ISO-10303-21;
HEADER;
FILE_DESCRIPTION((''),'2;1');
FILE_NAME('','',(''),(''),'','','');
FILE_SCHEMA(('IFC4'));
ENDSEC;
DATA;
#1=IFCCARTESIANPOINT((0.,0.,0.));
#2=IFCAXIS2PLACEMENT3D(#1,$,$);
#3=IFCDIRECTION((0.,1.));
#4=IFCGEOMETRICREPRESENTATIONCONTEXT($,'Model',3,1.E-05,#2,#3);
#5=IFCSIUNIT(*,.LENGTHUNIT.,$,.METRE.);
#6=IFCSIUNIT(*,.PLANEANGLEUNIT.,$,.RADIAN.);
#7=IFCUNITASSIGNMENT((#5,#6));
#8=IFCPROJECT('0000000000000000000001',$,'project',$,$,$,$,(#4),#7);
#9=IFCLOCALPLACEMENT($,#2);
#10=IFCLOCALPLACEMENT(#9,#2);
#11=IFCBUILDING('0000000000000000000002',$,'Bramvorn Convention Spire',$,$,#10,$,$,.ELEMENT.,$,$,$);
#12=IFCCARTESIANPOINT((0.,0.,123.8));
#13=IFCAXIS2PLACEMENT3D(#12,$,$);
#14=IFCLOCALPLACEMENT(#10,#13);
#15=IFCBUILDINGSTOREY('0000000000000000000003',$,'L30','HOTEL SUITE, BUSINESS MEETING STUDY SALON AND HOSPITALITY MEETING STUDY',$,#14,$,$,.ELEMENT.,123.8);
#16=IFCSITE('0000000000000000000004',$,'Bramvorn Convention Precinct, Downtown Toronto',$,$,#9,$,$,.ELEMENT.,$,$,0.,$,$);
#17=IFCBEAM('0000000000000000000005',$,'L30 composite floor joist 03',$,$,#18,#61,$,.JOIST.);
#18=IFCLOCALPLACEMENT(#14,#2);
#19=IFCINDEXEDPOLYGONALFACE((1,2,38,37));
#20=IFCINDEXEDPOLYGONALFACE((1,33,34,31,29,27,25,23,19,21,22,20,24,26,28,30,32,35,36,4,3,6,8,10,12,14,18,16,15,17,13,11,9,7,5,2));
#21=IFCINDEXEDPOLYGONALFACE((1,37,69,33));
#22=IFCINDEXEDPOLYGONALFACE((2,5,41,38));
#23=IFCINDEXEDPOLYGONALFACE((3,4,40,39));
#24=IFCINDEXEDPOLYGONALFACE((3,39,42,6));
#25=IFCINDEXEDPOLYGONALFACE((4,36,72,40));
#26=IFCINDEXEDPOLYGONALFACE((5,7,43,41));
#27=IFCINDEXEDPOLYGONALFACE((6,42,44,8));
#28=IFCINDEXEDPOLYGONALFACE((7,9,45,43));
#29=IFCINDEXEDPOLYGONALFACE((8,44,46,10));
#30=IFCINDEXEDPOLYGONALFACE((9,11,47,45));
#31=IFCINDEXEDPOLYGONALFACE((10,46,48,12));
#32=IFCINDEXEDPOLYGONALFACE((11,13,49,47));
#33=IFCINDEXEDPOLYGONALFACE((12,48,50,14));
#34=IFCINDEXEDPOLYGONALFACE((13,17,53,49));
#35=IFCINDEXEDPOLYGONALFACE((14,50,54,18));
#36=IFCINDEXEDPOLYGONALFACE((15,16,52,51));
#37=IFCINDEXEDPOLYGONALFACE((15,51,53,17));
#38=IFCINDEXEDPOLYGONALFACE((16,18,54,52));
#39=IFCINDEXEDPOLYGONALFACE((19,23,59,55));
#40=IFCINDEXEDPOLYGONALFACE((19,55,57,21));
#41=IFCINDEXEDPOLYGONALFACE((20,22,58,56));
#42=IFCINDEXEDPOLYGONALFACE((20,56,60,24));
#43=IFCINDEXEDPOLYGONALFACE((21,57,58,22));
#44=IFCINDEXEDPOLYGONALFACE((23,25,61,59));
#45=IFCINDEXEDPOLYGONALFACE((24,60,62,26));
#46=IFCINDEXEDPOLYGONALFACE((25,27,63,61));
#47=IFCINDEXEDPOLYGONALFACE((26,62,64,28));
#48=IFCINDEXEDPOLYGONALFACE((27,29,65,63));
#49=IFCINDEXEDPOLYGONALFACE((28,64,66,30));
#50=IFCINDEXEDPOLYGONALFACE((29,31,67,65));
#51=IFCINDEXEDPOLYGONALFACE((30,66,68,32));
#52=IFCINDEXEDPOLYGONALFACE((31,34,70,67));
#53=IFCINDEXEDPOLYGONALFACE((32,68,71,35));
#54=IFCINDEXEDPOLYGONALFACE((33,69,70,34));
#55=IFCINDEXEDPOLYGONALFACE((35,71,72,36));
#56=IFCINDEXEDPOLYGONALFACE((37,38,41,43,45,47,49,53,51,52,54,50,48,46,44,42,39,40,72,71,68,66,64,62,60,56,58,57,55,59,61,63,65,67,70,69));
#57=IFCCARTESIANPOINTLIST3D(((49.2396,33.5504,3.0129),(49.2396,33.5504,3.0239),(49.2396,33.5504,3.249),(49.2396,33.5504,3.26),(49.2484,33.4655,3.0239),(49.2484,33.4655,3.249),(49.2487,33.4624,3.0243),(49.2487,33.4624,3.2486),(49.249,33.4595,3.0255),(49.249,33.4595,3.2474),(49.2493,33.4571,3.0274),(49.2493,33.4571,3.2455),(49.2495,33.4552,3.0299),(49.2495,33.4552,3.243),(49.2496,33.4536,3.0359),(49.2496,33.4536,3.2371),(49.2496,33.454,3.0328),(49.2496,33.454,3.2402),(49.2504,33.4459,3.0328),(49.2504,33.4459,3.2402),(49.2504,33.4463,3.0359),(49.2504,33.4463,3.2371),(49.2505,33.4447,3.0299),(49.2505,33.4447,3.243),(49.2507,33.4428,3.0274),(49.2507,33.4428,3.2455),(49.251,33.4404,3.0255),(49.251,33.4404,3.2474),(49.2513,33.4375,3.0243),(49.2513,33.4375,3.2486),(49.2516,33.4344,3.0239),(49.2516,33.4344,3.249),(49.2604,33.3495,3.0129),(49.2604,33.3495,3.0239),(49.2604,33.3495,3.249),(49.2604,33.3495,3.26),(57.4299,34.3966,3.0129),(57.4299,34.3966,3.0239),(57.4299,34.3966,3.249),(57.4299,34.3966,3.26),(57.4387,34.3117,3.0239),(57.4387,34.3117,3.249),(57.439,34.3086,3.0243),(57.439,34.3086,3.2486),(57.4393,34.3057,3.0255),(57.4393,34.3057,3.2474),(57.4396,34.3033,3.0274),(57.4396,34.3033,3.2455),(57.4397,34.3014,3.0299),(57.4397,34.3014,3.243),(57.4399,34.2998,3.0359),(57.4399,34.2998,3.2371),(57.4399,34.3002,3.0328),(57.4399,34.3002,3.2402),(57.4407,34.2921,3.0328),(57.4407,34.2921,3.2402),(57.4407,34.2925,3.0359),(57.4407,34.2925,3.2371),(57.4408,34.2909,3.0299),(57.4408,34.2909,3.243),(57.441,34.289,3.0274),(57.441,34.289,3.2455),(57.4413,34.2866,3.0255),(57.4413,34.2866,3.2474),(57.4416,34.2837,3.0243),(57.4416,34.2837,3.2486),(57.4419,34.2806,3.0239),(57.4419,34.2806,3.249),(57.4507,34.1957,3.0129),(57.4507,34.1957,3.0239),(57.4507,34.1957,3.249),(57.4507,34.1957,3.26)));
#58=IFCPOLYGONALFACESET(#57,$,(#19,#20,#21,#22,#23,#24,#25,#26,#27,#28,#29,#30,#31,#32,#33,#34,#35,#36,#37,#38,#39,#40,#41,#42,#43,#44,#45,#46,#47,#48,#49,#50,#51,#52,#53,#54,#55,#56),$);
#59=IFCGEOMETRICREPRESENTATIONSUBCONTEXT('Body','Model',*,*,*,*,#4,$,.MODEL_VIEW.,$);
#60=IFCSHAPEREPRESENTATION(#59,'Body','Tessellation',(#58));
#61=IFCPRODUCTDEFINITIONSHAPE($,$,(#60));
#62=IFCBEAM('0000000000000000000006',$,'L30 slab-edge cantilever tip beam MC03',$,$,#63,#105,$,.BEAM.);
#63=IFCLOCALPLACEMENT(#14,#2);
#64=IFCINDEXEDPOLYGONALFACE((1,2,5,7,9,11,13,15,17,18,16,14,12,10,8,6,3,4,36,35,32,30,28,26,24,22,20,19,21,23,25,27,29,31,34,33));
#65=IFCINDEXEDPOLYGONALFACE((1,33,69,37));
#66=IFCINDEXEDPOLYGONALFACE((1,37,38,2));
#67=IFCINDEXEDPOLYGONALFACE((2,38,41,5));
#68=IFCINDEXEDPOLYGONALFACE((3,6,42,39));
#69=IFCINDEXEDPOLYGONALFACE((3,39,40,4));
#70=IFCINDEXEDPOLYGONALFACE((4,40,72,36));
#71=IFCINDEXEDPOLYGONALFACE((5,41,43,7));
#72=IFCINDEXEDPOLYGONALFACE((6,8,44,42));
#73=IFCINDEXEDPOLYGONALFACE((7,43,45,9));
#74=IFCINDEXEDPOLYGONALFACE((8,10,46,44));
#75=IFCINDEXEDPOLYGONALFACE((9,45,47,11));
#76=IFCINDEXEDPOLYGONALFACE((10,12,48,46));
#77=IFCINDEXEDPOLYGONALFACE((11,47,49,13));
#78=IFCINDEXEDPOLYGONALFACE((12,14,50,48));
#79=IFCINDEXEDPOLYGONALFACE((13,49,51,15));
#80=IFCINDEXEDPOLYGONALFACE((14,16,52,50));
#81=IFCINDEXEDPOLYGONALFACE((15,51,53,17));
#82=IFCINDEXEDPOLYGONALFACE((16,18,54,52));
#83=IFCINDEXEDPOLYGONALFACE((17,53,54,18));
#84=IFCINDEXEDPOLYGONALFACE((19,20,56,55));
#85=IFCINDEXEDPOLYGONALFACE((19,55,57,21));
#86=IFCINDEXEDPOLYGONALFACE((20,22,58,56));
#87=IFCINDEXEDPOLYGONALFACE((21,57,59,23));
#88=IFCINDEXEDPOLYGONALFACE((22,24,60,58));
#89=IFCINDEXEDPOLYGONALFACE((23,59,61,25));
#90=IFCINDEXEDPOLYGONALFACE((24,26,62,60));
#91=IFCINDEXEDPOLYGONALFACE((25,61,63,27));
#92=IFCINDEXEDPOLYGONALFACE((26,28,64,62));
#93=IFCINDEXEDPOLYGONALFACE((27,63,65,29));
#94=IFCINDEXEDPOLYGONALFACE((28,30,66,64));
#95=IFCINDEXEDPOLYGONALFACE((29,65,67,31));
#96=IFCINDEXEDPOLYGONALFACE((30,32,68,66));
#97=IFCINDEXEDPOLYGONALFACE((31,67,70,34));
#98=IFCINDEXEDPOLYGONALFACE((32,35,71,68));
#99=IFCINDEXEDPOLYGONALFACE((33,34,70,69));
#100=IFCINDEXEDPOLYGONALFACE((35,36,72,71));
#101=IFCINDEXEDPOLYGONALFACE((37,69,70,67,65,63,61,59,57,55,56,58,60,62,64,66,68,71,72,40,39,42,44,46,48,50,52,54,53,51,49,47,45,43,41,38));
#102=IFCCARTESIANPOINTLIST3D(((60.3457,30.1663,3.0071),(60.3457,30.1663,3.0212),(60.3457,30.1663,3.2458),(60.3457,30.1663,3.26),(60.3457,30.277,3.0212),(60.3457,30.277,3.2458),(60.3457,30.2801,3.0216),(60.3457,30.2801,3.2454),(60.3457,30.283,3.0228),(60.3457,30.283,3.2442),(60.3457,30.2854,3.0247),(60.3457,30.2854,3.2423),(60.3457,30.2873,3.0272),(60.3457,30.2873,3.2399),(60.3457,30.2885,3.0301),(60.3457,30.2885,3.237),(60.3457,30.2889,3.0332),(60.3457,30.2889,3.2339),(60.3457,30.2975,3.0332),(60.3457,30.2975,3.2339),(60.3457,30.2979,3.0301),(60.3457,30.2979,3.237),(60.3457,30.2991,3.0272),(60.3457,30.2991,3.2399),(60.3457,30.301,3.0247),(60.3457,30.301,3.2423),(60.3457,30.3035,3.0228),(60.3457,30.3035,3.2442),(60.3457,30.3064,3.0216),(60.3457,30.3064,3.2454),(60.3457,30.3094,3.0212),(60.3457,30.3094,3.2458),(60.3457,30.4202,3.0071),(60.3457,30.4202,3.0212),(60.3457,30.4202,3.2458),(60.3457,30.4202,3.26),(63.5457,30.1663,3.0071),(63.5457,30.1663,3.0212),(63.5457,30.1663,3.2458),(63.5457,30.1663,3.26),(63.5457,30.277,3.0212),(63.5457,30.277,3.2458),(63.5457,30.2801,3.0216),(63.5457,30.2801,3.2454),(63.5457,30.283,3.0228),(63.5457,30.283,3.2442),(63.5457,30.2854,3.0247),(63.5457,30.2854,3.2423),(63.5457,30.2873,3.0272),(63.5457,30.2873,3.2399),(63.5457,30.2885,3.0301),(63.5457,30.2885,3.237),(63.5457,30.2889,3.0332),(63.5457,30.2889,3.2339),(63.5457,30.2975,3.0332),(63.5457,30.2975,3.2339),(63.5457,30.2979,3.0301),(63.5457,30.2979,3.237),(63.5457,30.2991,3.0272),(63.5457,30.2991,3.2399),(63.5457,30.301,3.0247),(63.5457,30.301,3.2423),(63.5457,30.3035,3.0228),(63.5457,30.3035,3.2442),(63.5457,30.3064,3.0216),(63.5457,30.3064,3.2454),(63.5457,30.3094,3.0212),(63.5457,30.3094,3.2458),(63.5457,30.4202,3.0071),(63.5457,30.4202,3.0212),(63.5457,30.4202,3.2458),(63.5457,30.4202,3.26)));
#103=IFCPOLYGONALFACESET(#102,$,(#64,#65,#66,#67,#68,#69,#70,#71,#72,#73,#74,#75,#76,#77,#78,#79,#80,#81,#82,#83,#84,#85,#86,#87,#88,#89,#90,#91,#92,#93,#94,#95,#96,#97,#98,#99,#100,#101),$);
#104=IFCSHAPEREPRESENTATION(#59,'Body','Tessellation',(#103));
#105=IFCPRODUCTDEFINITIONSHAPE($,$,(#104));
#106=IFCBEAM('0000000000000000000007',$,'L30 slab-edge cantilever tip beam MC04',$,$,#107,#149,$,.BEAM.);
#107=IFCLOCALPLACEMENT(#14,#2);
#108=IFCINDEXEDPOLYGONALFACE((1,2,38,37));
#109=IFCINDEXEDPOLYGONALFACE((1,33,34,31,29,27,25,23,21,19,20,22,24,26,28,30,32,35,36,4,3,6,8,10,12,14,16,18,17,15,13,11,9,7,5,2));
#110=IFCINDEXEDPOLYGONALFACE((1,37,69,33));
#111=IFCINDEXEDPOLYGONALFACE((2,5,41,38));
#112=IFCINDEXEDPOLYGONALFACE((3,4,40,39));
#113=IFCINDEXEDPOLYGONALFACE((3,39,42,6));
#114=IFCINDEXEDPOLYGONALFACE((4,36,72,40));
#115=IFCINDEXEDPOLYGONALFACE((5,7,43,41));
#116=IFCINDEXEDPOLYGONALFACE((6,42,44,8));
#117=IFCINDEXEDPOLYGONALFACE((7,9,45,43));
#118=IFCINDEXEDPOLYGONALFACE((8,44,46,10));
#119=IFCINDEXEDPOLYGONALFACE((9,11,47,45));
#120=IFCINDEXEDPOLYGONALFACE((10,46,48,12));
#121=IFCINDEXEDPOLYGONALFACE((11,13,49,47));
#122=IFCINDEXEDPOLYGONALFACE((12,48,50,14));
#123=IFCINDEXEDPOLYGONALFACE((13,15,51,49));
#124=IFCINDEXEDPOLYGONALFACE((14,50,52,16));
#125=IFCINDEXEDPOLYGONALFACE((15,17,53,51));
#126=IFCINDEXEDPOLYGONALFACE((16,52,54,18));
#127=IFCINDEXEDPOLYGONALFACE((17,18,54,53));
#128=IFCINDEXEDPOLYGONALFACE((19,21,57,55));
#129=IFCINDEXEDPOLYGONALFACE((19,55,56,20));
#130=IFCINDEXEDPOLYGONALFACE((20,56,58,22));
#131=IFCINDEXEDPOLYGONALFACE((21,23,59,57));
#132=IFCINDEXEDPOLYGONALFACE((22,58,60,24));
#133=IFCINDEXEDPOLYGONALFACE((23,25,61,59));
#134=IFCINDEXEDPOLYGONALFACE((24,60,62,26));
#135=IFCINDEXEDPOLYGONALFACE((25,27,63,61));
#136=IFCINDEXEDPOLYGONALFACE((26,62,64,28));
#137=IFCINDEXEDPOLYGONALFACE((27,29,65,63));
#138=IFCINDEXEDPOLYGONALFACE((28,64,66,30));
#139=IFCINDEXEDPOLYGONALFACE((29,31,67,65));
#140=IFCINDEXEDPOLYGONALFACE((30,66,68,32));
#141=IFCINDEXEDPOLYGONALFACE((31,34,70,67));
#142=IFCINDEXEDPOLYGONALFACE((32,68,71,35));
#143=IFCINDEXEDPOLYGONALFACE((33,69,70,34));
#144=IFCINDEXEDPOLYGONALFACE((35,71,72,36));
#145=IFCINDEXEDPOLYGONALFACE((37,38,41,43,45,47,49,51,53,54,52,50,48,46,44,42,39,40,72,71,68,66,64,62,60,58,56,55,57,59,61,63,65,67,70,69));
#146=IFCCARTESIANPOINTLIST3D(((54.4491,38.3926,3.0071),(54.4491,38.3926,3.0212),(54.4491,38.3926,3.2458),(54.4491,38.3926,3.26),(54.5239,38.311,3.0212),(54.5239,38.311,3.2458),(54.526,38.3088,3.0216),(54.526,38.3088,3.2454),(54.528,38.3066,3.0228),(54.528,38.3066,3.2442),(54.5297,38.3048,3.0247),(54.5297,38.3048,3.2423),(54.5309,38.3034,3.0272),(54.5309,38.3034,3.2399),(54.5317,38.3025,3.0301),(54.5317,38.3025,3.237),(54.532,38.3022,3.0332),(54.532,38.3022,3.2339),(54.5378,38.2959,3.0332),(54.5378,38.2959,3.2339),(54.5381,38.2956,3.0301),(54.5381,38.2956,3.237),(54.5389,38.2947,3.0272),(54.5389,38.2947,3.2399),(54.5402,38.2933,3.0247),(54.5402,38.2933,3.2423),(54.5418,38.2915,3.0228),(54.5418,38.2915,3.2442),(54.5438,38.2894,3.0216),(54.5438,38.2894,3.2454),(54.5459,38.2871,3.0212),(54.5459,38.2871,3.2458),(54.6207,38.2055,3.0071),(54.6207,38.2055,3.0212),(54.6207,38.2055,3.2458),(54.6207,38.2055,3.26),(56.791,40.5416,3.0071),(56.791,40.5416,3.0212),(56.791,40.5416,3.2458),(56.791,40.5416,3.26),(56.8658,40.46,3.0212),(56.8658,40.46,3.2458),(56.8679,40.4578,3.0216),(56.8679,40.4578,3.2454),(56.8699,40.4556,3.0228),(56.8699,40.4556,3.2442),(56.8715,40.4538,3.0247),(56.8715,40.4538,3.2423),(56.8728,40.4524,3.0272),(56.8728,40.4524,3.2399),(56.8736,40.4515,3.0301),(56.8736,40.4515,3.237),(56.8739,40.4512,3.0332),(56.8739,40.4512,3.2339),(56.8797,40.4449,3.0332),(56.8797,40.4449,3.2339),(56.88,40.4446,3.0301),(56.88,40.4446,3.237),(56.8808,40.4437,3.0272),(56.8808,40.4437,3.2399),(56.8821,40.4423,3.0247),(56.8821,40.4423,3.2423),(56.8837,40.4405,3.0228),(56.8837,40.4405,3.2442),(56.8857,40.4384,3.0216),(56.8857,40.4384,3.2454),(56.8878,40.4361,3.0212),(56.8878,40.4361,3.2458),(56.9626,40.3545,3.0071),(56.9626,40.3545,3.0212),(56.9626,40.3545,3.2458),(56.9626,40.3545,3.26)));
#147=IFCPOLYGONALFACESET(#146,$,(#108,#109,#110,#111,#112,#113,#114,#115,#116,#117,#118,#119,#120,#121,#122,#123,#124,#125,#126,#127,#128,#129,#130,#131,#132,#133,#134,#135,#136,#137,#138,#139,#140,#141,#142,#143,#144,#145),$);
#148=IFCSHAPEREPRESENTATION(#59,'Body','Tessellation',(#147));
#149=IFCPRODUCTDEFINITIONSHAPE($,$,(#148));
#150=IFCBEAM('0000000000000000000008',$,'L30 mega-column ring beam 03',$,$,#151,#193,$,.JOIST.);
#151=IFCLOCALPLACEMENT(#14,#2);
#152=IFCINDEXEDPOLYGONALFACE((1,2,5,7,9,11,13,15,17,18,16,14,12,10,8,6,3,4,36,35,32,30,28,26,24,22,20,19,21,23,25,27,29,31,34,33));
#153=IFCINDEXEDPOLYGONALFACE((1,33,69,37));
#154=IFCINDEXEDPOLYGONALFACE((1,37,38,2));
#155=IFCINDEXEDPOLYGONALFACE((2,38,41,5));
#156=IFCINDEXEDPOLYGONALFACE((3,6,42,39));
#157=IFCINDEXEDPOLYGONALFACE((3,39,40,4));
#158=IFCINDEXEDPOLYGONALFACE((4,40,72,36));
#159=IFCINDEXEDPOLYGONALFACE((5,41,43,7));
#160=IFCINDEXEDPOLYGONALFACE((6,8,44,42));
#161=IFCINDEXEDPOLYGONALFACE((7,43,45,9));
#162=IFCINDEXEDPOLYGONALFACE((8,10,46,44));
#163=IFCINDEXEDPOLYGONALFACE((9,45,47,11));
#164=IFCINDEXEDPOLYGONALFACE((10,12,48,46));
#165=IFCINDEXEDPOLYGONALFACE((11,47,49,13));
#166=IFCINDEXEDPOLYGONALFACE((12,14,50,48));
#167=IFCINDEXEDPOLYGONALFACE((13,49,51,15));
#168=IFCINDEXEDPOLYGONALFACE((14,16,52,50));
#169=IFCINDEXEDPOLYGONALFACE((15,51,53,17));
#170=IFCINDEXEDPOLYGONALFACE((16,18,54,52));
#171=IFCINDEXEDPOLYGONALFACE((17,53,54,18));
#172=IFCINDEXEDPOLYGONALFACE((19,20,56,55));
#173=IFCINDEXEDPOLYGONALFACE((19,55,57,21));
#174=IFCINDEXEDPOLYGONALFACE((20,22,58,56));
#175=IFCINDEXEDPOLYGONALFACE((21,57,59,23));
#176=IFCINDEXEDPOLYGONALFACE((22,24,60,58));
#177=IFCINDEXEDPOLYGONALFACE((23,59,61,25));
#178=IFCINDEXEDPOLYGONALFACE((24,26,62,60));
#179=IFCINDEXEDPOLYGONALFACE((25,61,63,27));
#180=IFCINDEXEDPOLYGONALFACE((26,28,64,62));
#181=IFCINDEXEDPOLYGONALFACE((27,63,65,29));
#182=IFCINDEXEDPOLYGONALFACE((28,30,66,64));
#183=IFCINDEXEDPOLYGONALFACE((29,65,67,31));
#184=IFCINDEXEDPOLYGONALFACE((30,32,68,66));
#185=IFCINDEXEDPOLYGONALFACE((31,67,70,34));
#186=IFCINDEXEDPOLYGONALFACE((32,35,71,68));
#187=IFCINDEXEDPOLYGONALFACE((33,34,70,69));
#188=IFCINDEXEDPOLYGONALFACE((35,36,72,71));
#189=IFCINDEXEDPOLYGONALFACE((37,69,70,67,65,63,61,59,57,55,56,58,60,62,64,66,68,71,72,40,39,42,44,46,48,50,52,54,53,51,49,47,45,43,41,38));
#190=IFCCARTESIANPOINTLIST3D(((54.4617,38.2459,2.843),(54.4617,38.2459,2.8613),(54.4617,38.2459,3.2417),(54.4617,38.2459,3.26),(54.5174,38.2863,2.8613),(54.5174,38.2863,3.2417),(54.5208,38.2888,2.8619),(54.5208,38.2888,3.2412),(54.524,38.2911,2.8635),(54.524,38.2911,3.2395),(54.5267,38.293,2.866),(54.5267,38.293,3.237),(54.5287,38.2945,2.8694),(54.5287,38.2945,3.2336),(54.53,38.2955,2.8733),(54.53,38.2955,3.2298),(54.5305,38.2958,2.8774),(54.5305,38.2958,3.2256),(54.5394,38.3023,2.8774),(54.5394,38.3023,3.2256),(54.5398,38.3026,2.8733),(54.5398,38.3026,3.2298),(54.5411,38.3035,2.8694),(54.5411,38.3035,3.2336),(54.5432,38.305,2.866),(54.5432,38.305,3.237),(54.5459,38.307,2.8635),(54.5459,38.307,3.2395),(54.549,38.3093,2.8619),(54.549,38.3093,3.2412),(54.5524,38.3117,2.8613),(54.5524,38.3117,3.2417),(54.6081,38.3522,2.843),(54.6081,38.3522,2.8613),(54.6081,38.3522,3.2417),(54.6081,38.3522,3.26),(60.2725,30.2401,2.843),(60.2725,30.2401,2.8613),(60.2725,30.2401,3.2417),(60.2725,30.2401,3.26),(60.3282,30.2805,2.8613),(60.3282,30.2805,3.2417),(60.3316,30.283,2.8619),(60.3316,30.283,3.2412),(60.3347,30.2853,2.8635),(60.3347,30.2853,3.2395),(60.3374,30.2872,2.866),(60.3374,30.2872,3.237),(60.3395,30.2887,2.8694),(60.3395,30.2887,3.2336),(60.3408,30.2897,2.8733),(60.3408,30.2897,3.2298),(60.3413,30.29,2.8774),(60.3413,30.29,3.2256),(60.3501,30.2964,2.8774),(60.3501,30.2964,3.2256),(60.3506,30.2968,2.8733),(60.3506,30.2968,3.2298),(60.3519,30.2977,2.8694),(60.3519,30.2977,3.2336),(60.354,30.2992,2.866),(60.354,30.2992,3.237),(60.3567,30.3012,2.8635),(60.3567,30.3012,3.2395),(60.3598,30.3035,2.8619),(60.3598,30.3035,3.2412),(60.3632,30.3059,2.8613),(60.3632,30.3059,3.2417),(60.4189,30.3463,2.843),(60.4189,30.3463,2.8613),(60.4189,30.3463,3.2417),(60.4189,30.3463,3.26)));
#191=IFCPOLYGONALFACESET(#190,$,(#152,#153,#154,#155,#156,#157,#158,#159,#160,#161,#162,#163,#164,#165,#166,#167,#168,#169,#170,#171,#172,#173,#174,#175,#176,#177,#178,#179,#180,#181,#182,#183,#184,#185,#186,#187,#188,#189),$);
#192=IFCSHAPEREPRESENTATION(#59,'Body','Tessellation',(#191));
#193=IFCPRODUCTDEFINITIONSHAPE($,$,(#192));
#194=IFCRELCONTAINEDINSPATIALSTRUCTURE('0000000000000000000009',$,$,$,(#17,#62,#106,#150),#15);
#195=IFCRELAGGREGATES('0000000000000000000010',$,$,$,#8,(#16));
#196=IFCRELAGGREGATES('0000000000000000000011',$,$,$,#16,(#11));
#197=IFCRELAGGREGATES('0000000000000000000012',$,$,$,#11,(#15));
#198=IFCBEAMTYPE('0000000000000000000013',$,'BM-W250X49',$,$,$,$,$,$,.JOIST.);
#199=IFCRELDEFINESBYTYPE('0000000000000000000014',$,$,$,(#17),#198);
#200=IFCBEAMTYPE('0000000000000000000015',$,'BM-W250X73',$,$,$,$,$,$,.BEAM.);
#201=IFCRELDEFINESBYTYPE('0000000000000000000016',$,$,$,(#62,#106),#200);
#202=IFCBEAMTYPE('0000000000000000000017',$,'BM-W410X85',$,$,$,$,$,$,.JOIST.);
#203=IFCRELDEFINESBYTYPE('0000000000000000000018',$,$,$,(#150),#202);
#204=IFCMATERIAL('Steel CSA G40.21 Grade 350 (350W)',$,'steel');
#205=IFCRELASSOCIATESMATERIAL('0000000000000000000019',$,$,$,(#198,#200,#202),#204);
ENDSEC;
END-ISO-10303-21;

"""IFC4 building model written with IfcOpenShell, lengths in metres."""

from ifc_helpers import new_model, si_unit, direction, frame, origin, origin_2d, place, context, subcontext, project, spatial, i_section, extrude, material, material_profile, profile_set, type_object, element, save


model = new_model("IFC4")

# Units and contexts
model_context = context("Model", 3, precision=1e-05, world=origin(), true_north=direction((0.0, 1.0)))
body_context = subcontext(model_context, "Body", "Model", "MODEL_VIEW")
ifc_project = project(units=[si_unit("LENGTHUNIT", "METRE"), si_unit("PLANEANGLEUNIT", "RADIAN")], contexts=[model_context])

# Site, building, storey
site_placement = place(None, origin())
site = spatial("IfcSite", under=ifc_project, at=site_placement, Name="Bramvorn Convention Precinct, Downtown Toronto", CompositionType="ELEMENT", RefElevation=0.0)
building_placement = place(site_placement, origin())
building = spatial("IfcBuilding", under=site, at=building_placement, Name="Bramvorn Convention Spire", CompositionType="ELEMENT")
storey_placement = place(building_placement, frame((0.0, 0.0, 123.8)))
storey = spatial("IfcBuildingStorey", under=building, at=storey_placement, Name="L30", Description="HOTEL SUITE, BUSINESS MEETING STUDY SALON AND HOSPITALITY MEETING STUDY", CompositionType="ELEMENT", Elevation=123.8)

# Shared definitions
ifc_material_1 = material(Name="Steel CSA G40.21 Grade 350 (350W)", Category="steel")

# Beams
ifc_material_profile_1 = material_profile(ifc_material_1, i_section(OverallWidth=0.2019, OverallDepth=0.2471, WebThickness=0.0073, FlangeThickness=0.011, FilletRadius=0.012, at=origin_2d()))
ifc_profile_set_1 = profile_set([ifc_material_profile_1], Name="Steel CSA G40.21 Grade 350 (350W) - W250X49")
beam_type_1 = type_object("IfcBeamType", Name="BM-W250X49", PredefinedType="JOIST", material=ifc_profile_set_1)
beam_1_placement = place(storey_placement, frame((49.25, 33.45, 3.1365), z_axis=(0.994705, 0.102771, 0.0), x_axis=(-0.102771, 0.994705, 0.0)))
element("IfcBeam", 1, at=beam_1_placement, inside=storey, type_object=beam_type_1, Name="L30 composite floor joist 03", PredefinedType="JOIST", context=body_context, shape_type="SweptSolid", body=[
    extrude(i_section(OverallWidth=0.2019, OverallDepth=0.2471, WebThickness=0.0073, FlangeThickness=0.011, FilletRadius=0.012, at=origin_2d()), origin(), (0.0, 0.0, 1.0), 8.2339),
])
ifc_material_profile_2 = material_profile(ifc_material_1, i_section(OverallWidth=0.2539, OverallDepth=0.2529, WebThickness=0.0085, FlangeThickness=0.0142, FilletRadius=0.012, at=origin_2d()))
ifc_profile_set_2 = profile_set([ifc_material_profile_2], Name="Steel CSA G40.21 Grade 350 (350W) - W250X73")
beam_type_2 = type_object("IfcBeamType", Name="BM-W250X73", PredefinedType="BEAM", material=ifc_profile_set_2)
beam_2_placement = place(storey_placement, frame((60.3457, 30.2932, 3.1335), z_axis=(1.0, 0.0, 0.0), x_axis=(0.0, 1.0, 0.0)))
element("IfcBeam", 2, at=beam_2_placement, inside=storey, type_object=beam_type_2, Name="L30 slab-edge cantilever tip beam MC03", PredefinedType="BEAM", context=body_context, shape_type="SweptSolid", body=[
    extrude(i_section(OverallWidth=0.2539, OverallDepth=0.2529, WebThickness=0.0085, FlangeThickness=0.0142, FilletRadius=0.012, at=origin_2d()), origin(), (0.0, 0.0, 1.0), 3.2),
])
beam_3_placement = place(storey_placement, frame((54.5349, 38.2991, 3.1335), z_axis=(0.736797, 0.676114, 0.0), x_axis=(-0.676114, 0.736797, 0.0)))
element("IfcBeam", 3, at=beam_3_placement, inside=storey, type_object=beam_type_2, Name="L30 slab-edge cantilever tip beam MC04", PredefinedType="BEAM", context=body_context, shape_type="SweptSolid", body=[
    extrude(i_section(OverallWidth=0.2539, OverallDepth=0.2529, WebThickness=0.0085, FlangeThickness=0.0142, FilletRadius=0.012, at=origin_2d()), origin(), (0.0, 0.0, 1.0), 3.1785),
])
ifc_material_profile_3 = material_profile(ifc_material_1, i_section(OverallWidth=0.1809, OverallDepth=0.417, WebThickness=0.011, FlangeThickness=0.0183, FilletRadius=0.0161, at=origin_2d()))
ifc_profile_set_3 = profile_set([ifc_material_profile_3], Name="Steel CSA G40.21 Grade 350 (350W) - W410X85")
beam_type_3 = type_object("IfcBeamType", Name="BM-W410X85", PredefinedType="JOIST", material=ifc_profile_set_3)
beam_4_placement = place(storey_placement, frame((60.3457, 30.2932, 3.0515), z_axis=(-0.587401, 0.809296, 0.0), x_axis=(-0.809296, -0.587401, 0.0)))
element("IfcBeam", 4, at=beam_4_placement, inside=storey, type_object=beam_type_3, Name="L30 mega-column ring beam 03", PredefinedType="JOIST", context=body_context, shape_type="SweptSolid", body=[
    extrude(i_section(OverallWidth=0.1809, OverallDepth=0.417, WebThickness=0.011, FlangeThickness=0.0183, FilletRadius=0.0161, at=origin_2d()), origin(), (0.0, 0.0, 1.0), 9.8923),
])

save(model, "model.ifc")
